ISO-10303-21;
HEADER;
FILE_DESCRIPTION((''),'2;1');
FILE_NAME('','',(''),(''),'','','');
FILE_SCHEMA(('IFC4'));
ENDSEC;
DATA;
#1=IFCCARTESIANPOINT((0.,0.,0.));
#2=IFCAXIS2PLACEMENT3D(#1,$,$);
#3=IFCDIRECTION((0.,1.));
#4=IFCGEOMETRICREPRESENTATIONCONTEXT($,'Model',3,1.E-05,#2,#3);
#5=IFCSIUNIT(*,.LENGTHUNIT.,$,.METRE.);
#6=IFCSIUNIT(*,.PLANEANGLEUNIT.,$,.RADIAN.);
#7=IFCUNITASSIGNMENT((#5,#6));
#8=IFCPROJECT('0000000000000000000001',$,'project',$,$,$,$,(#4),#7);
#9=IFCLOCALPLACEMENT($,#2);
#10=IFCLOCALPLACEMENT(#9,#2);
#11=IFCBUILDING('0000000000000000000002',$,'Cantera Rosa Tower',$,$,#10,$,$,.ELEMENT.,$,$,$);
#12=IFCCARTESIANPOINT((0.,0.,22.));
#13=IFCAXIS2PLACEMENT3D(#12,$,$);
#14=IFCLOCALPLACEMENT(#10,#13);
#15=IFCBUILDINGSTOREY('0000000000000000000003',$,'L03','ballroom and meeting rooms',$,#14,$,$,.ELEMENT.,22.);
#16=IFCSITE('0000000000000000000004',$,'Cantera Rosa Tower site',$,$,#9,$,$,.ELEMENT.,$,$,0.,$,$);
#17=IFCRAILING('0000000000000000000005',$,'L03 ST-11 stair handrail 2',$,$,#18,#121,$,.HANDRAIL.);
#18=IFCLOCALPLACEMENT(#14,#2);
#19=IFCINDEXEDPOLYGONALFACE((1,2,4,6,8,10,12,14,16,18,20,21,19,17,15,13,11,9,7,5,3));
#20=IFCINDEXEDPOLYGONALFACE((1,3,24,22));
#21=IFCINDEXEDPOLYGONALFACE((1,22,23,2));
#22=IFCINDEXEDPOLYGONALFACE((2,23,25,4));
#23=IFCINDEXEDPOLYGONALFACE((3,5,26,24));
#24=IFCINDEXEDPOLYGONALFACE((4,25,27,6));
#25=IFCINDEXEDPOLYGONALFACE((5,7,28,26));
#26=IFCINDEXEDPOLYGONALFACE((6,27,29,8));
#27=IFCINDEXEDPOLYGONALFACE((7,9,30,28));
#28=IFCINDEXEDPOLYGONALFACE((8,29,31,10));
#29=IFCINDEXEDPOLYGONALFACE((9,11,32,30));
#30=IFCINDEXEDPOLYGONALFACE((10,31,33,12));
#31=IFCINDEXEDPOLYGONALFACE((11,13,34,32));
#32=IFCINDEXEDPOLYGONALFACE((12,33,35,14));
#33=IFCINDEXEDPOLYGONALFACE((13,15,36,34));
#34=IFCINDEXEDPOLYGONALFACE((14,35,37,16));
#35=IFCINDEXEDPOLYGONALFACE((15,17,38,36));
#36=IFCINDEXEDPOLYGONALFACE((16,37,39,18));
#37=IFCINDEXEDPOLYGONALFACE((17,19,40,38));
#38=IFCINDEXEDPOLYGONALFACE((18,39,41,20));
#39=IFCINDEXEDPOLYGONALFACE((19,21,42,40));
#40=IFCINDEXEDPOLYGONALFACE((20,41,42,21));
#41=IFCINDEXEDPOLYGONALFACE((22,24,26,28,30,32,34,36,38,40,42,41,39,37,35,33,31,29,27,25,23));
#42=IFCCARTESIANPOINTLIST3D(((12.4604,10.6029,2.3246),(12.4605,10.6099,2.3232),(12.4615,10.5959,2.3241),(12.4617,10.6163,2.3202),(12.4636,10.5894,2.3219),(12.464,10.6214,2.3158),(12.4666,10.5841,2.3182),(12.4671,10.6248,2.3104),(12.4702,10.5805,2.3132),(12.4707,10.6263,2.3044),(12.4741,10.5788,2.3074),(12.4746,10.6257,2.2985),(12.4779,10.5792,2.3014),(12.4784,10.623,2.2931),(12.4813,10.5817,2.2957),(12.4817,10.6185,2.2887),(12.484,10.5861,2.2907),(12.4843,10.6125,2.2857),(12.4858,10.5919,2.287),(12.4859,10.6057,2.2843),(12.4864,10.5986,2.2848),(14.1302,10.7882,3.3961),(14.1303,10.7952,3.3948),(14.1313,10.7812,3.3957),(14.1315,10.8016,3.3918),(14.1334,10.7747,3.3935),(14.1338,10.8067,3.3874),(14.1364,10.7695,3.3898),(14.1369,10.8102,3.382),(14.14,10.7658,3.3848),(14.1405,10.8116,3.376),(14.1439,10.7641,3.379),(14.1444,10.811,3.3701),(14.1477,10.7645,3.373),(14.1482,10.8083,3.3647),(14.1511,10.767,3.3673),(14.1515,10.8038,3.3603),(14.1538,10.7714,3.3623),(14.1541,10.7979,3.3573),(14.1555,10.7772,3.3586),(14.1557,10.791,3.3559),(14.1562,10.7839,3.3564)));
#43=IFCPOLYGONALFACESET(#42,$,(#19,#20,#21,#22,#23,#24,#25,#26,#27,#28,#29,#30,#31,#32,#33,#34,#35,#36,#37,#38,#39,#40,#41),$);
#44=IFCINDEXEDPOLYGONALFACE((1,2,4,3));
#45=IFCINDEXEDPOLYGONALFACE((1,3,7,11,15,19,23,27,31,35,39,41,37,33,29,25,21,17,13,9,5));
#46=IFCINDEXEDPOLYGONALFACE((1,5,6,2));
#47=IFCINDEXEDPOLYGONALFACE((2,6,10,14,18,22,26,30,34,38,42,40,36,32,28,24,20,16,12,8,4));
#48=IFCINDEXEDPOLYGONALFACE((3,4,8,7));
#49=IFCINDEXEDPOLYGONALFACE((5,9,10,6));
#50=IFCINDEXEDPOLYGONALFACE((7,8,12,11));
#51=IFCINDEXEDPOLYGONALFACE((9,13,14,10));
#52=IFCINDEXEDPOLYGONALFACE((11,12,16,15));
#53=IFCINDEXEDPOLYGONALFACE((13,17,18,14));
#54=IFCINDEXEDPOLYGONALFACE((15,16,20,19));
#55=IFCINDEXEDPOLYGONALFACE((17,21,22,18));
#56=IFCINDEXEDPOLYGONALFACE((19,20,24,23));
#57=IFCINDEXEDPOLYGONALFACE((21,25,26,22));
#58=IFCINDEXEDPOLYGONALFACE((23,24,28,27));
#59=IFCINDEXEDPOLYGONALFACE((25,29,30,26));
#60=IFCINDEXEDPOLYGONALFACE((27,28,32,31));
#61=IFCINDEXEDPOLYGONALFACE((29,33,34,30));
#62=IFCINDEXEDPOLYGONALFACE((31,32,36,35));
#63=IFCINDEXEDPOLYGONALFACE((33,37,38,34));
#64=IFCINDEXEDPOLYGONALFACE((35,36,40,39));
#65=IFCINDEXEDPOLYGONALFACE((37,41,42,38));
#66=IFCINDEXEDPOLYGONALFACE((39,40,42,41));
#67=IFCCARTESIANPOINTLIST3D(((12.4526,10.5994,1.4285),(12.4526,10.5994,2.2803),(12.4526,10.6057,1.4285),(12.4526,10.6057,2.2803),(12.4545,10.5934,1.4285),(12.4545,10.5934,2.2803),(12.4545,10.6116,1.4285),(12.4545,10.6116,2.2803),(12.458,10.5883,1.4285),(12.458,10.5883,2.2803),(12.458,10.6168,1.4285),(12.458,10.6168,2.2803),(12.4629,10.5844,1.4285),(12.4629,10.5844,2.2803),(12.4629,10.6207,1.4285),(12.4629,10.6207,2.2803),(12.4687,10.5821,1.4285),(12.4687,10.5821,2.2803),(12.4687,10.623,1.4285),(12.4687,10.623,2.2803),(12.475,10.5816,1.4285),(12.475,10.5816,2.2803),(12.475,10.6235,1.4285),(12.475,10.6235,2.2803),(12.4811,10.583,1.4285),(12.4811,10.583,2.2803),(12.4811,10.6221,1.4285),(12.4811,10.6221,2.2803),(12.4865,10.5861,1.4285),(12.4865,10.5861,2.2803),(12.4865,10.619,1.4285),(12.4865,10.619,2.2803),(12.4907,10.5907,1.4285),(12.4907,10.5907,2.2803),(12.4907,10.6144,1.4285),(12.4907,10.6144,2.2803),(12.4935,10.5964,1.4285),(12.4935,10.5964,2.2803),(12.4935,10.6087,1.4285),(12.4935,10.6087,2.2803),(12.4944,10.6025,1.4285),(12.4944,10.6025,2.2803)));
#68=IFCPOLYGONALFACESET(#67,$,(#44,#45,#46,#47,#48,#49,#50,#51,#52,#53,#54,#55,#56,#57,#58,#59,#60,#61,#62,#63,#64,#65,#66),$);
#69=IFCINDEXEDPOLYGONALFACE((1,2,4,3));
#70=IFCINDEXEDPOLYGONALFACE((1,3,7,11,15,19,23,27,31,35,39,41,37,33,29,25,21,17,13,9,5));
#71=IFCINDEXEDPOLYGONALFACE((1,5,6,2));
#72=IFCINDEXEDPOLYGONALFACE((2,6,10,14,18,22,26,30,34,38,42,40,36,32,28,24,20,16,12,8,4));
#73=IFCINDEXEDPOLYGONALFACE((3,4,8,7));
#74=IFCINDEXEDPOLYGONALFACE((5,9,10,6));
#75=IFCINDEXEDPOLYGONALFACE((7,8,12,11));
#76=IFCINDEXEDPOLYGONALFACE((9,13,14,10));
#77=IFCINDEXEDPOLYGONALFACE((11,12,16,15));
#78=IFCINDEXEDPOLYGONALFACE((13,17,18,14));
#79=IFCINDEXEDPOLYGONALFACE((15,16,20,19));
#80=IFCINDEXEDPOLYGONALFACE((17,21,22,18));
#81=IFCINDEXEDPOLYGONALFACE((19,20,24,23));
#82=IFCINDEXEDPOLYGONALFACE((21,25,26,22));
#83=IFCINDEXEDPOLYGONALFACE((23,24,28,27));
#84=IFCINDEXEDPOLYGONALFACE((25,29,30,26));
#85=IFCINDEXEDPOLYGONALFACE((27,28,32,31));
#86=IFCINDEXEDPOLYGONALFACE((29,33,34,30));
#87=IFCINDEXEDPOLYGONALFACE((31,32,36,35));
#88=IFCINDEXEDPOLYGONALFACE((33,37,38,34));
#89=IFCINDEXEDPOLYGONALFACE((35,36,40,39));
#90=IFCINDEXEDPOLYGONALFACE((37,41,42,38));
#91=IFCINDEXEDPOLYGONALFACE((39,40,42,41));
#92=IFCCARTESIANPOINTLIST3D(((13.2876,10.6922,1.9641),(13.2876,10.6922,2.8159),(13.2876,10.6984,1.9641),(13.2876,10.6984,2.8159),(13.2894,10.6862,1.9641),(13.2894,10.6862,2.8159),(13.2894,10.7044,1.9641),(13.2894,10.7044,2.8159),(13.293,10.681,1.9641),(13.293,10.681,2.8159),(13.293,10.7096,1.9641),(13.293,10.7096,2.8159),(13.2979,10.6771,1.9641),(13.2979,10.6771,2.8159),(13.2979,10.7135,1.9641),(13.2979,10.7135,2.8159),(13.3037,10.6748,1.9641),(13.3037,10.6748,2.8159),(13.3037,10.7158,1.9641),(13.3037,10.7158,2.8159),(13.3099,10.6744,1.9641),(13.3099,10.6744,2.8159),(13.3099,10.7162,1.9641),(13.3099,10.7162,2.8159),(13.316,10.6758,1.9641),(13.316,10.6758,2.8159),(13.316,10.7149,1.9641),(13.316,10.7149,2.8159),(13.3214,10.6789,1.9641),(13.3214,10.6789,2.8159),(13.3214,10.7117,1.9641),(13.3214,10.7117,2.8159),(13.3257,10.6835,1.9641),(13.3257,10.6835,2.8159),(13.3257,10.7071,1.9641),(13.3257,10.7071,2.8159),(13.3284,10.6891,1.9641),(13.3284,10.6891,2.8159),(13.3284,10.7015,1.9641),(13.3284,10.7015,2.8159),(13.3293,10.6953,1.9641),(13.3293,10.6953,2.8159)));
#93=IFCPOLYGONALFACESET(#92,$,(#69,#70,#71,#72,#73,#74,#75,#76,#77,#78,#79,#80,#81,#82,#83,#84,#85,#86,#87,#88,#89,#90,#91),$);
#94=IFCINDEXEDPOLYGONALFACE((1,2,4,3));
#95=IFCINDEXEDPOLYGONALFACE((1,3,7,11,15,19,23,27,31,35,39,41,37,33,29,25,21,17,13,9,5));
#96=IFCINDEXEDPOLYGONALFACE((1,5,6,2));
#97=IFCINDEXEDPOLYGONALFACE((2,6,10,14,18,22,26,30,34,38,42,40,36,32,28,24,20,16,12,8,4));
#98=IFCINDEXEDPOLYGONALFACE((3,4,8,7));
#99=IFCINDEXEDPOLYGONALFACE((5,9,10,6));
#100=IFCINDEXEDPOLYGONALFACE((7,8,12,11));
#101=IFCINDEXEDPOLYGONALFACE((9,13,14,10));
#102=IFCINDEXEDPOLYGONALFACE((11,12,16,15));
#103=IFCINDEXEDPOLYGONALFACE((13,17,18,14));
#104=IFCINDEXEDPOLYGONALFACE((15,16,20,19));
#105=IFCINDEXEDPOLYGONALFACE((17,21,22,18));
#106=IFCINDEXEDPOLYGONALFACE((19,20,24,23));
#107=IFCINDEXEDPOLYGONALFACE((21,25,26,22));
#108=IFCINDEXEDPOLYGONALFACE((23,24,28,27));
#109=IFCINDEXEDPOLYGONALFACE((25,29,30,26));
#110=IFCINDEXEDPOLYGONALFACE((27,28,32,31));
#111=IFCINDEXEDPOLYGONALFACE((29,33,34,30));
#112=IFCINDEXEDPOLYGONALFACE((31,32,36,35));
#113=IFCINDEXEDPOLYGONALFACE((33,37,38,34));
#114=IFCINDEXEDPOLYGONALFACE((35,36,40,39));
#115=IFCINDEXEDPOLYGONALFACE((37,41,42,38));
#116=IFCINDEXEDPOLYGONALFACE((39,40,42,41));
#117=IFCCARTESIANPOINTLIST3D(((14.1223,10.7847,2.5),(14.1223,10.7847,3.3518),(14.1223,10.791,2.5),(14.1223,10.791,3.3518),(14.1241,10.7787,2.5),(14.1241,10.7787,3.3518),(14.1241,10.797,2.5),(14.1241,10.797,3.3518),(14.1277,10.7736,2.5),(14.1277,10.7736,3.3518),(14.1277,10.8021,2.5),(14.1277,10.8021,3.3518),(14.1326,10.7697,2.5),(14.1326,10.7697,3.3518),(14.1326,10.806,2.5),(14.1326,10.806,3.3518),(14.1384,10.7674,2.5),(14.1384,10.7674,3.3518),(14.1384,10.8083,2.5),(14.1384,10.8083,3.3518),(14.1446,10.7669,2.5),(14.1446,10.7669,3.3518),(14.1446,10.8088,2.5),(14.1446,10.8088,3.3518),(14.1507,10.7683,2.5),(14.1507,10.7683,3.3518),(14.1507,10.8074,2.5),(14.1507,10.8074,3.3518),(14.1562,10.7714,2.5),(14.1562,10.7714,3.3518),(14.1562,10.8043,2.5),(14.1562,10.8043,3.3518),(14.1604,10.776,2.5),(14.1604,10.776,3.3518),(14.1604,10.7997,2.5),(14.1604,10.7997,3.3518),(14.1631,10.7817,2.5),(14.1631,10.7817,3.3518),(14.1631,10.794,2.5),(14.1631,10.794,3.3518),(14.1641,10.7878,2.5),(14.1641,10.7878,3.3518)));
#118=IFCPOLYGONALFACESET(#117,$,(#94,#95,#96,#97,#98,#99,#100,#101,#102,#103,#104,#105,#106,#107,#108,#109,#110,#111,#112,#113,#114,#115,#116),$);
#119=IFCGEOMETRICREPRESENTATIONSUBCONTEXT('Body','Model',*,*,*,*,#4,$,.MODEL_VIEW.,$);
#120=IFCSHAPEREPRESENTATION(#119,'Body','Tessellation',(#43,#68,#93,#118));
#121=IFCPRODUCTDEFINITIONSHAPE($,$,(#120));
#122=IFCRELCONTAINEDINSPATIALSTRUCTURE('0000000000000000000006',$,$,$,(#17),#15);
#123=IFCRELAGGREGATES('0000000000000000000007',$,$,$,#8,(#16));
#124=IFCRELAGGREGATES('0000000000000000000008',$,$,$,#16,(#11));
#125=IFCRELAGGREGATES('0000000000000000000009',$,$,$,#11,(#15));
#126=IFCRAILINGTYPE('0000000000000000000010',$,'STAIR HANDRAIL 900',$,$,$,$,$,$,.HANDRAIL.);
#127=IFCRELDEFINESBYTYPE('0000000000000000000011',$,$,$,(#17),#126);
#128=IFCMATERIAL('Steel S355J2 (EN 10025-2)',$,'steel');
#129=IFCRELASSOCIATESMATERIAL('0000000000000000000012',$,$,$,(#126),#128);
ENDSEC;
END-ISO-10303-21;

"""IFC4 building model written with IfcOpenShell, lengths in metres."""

from ifc_helpers import new_model, si_unit, direction, frame, origin, origin_2d, place, context, subcontext, project, spatial, circle, extrude, material, type_object, element, save


model = new_model("IFC4")

# Units and contexts
model_context = context("Model", 3, precision=1e-05, world=origin(), true_north=direction((0.0, 1.0)))
body_context = subcontext(model_context, "Body", "Model", "MODEL_VIEW")
ifc_project = project(units=[si_unit("LENGTHUNIT", "METRE"), si_unit("PLANEANGLEUNIT", "RADIAN")], contexts=[model_context])

# Site, building, storey
site_placement = place(None, origin())
site = spatial("IfcSite", under=ifc_project, at=site_placement, Name="Cantera Rosa Tower site", CompositionType="ELEMENT", RefElevation=0.0)
building_placement = place(site_placement, origin())
building = spatial("IfcBuilding", under=site, at=building_placement, Name="Cantera Rosa Tower", CompositionType="ELEMENT")
storey_placement = place(building_placement, frame((0.0, 0.0, 22.0)))
storey = spatial("IfcBuildingStorey", under=building, at=storey_placement, Name="L03", Description="ballroom and meeting rooms", CompositionType="ELEMENT", Elevation=22.0)

# Railing
ifc_material_1 = material(Name="Steel S355J2 (EN 10025-2)", Category="steel")
railing_type_1 = type_object("IfcRailingType", Name="STAIR HANDRAIL 900", PredefinedType="HANDRAIL", material=ifc_material_1)
railing_1_placement = place(storey_placement, frame((12.4734, 10.6025, 1.4285)))
element("IfcRailing", 1, at=railing_1_placement, inside=storey, type_object=railing_type_1, Name="L03 ST-11 stair handrail 2", PredefinedType="HANDRAIL", context=body_context, shape_type="SweptSolid", body=[
    extrude(circle(Radius=0.0239, at=origin_2d()), frame((0.0, 0.0, 0.876), z_axis=(0.837951, 0.092997, 0.537764), x_axis=(-0.110304, 0.993898, 0.0)), (0.0, 0.0, 1.0), 1.9927),
    extrude(circle(Radius=0.021, at=origin_2d()), origin(), (0.0, 0.0, 1.0), 0.8518),
    extrude(circle(Radius=0.021, at=origin_2d()), frame((0.835, 0.0928, 0.5356)), (0.0, 0.0, 1.0), 0.8518),
    extrude(circle(Radius=0.021, at=origin_2d()), frame((1.6697, 0.1853, 1.0715)), (0.0, 0.0, 1.0), 0.8518),
])

save(model, "model.ifc")
